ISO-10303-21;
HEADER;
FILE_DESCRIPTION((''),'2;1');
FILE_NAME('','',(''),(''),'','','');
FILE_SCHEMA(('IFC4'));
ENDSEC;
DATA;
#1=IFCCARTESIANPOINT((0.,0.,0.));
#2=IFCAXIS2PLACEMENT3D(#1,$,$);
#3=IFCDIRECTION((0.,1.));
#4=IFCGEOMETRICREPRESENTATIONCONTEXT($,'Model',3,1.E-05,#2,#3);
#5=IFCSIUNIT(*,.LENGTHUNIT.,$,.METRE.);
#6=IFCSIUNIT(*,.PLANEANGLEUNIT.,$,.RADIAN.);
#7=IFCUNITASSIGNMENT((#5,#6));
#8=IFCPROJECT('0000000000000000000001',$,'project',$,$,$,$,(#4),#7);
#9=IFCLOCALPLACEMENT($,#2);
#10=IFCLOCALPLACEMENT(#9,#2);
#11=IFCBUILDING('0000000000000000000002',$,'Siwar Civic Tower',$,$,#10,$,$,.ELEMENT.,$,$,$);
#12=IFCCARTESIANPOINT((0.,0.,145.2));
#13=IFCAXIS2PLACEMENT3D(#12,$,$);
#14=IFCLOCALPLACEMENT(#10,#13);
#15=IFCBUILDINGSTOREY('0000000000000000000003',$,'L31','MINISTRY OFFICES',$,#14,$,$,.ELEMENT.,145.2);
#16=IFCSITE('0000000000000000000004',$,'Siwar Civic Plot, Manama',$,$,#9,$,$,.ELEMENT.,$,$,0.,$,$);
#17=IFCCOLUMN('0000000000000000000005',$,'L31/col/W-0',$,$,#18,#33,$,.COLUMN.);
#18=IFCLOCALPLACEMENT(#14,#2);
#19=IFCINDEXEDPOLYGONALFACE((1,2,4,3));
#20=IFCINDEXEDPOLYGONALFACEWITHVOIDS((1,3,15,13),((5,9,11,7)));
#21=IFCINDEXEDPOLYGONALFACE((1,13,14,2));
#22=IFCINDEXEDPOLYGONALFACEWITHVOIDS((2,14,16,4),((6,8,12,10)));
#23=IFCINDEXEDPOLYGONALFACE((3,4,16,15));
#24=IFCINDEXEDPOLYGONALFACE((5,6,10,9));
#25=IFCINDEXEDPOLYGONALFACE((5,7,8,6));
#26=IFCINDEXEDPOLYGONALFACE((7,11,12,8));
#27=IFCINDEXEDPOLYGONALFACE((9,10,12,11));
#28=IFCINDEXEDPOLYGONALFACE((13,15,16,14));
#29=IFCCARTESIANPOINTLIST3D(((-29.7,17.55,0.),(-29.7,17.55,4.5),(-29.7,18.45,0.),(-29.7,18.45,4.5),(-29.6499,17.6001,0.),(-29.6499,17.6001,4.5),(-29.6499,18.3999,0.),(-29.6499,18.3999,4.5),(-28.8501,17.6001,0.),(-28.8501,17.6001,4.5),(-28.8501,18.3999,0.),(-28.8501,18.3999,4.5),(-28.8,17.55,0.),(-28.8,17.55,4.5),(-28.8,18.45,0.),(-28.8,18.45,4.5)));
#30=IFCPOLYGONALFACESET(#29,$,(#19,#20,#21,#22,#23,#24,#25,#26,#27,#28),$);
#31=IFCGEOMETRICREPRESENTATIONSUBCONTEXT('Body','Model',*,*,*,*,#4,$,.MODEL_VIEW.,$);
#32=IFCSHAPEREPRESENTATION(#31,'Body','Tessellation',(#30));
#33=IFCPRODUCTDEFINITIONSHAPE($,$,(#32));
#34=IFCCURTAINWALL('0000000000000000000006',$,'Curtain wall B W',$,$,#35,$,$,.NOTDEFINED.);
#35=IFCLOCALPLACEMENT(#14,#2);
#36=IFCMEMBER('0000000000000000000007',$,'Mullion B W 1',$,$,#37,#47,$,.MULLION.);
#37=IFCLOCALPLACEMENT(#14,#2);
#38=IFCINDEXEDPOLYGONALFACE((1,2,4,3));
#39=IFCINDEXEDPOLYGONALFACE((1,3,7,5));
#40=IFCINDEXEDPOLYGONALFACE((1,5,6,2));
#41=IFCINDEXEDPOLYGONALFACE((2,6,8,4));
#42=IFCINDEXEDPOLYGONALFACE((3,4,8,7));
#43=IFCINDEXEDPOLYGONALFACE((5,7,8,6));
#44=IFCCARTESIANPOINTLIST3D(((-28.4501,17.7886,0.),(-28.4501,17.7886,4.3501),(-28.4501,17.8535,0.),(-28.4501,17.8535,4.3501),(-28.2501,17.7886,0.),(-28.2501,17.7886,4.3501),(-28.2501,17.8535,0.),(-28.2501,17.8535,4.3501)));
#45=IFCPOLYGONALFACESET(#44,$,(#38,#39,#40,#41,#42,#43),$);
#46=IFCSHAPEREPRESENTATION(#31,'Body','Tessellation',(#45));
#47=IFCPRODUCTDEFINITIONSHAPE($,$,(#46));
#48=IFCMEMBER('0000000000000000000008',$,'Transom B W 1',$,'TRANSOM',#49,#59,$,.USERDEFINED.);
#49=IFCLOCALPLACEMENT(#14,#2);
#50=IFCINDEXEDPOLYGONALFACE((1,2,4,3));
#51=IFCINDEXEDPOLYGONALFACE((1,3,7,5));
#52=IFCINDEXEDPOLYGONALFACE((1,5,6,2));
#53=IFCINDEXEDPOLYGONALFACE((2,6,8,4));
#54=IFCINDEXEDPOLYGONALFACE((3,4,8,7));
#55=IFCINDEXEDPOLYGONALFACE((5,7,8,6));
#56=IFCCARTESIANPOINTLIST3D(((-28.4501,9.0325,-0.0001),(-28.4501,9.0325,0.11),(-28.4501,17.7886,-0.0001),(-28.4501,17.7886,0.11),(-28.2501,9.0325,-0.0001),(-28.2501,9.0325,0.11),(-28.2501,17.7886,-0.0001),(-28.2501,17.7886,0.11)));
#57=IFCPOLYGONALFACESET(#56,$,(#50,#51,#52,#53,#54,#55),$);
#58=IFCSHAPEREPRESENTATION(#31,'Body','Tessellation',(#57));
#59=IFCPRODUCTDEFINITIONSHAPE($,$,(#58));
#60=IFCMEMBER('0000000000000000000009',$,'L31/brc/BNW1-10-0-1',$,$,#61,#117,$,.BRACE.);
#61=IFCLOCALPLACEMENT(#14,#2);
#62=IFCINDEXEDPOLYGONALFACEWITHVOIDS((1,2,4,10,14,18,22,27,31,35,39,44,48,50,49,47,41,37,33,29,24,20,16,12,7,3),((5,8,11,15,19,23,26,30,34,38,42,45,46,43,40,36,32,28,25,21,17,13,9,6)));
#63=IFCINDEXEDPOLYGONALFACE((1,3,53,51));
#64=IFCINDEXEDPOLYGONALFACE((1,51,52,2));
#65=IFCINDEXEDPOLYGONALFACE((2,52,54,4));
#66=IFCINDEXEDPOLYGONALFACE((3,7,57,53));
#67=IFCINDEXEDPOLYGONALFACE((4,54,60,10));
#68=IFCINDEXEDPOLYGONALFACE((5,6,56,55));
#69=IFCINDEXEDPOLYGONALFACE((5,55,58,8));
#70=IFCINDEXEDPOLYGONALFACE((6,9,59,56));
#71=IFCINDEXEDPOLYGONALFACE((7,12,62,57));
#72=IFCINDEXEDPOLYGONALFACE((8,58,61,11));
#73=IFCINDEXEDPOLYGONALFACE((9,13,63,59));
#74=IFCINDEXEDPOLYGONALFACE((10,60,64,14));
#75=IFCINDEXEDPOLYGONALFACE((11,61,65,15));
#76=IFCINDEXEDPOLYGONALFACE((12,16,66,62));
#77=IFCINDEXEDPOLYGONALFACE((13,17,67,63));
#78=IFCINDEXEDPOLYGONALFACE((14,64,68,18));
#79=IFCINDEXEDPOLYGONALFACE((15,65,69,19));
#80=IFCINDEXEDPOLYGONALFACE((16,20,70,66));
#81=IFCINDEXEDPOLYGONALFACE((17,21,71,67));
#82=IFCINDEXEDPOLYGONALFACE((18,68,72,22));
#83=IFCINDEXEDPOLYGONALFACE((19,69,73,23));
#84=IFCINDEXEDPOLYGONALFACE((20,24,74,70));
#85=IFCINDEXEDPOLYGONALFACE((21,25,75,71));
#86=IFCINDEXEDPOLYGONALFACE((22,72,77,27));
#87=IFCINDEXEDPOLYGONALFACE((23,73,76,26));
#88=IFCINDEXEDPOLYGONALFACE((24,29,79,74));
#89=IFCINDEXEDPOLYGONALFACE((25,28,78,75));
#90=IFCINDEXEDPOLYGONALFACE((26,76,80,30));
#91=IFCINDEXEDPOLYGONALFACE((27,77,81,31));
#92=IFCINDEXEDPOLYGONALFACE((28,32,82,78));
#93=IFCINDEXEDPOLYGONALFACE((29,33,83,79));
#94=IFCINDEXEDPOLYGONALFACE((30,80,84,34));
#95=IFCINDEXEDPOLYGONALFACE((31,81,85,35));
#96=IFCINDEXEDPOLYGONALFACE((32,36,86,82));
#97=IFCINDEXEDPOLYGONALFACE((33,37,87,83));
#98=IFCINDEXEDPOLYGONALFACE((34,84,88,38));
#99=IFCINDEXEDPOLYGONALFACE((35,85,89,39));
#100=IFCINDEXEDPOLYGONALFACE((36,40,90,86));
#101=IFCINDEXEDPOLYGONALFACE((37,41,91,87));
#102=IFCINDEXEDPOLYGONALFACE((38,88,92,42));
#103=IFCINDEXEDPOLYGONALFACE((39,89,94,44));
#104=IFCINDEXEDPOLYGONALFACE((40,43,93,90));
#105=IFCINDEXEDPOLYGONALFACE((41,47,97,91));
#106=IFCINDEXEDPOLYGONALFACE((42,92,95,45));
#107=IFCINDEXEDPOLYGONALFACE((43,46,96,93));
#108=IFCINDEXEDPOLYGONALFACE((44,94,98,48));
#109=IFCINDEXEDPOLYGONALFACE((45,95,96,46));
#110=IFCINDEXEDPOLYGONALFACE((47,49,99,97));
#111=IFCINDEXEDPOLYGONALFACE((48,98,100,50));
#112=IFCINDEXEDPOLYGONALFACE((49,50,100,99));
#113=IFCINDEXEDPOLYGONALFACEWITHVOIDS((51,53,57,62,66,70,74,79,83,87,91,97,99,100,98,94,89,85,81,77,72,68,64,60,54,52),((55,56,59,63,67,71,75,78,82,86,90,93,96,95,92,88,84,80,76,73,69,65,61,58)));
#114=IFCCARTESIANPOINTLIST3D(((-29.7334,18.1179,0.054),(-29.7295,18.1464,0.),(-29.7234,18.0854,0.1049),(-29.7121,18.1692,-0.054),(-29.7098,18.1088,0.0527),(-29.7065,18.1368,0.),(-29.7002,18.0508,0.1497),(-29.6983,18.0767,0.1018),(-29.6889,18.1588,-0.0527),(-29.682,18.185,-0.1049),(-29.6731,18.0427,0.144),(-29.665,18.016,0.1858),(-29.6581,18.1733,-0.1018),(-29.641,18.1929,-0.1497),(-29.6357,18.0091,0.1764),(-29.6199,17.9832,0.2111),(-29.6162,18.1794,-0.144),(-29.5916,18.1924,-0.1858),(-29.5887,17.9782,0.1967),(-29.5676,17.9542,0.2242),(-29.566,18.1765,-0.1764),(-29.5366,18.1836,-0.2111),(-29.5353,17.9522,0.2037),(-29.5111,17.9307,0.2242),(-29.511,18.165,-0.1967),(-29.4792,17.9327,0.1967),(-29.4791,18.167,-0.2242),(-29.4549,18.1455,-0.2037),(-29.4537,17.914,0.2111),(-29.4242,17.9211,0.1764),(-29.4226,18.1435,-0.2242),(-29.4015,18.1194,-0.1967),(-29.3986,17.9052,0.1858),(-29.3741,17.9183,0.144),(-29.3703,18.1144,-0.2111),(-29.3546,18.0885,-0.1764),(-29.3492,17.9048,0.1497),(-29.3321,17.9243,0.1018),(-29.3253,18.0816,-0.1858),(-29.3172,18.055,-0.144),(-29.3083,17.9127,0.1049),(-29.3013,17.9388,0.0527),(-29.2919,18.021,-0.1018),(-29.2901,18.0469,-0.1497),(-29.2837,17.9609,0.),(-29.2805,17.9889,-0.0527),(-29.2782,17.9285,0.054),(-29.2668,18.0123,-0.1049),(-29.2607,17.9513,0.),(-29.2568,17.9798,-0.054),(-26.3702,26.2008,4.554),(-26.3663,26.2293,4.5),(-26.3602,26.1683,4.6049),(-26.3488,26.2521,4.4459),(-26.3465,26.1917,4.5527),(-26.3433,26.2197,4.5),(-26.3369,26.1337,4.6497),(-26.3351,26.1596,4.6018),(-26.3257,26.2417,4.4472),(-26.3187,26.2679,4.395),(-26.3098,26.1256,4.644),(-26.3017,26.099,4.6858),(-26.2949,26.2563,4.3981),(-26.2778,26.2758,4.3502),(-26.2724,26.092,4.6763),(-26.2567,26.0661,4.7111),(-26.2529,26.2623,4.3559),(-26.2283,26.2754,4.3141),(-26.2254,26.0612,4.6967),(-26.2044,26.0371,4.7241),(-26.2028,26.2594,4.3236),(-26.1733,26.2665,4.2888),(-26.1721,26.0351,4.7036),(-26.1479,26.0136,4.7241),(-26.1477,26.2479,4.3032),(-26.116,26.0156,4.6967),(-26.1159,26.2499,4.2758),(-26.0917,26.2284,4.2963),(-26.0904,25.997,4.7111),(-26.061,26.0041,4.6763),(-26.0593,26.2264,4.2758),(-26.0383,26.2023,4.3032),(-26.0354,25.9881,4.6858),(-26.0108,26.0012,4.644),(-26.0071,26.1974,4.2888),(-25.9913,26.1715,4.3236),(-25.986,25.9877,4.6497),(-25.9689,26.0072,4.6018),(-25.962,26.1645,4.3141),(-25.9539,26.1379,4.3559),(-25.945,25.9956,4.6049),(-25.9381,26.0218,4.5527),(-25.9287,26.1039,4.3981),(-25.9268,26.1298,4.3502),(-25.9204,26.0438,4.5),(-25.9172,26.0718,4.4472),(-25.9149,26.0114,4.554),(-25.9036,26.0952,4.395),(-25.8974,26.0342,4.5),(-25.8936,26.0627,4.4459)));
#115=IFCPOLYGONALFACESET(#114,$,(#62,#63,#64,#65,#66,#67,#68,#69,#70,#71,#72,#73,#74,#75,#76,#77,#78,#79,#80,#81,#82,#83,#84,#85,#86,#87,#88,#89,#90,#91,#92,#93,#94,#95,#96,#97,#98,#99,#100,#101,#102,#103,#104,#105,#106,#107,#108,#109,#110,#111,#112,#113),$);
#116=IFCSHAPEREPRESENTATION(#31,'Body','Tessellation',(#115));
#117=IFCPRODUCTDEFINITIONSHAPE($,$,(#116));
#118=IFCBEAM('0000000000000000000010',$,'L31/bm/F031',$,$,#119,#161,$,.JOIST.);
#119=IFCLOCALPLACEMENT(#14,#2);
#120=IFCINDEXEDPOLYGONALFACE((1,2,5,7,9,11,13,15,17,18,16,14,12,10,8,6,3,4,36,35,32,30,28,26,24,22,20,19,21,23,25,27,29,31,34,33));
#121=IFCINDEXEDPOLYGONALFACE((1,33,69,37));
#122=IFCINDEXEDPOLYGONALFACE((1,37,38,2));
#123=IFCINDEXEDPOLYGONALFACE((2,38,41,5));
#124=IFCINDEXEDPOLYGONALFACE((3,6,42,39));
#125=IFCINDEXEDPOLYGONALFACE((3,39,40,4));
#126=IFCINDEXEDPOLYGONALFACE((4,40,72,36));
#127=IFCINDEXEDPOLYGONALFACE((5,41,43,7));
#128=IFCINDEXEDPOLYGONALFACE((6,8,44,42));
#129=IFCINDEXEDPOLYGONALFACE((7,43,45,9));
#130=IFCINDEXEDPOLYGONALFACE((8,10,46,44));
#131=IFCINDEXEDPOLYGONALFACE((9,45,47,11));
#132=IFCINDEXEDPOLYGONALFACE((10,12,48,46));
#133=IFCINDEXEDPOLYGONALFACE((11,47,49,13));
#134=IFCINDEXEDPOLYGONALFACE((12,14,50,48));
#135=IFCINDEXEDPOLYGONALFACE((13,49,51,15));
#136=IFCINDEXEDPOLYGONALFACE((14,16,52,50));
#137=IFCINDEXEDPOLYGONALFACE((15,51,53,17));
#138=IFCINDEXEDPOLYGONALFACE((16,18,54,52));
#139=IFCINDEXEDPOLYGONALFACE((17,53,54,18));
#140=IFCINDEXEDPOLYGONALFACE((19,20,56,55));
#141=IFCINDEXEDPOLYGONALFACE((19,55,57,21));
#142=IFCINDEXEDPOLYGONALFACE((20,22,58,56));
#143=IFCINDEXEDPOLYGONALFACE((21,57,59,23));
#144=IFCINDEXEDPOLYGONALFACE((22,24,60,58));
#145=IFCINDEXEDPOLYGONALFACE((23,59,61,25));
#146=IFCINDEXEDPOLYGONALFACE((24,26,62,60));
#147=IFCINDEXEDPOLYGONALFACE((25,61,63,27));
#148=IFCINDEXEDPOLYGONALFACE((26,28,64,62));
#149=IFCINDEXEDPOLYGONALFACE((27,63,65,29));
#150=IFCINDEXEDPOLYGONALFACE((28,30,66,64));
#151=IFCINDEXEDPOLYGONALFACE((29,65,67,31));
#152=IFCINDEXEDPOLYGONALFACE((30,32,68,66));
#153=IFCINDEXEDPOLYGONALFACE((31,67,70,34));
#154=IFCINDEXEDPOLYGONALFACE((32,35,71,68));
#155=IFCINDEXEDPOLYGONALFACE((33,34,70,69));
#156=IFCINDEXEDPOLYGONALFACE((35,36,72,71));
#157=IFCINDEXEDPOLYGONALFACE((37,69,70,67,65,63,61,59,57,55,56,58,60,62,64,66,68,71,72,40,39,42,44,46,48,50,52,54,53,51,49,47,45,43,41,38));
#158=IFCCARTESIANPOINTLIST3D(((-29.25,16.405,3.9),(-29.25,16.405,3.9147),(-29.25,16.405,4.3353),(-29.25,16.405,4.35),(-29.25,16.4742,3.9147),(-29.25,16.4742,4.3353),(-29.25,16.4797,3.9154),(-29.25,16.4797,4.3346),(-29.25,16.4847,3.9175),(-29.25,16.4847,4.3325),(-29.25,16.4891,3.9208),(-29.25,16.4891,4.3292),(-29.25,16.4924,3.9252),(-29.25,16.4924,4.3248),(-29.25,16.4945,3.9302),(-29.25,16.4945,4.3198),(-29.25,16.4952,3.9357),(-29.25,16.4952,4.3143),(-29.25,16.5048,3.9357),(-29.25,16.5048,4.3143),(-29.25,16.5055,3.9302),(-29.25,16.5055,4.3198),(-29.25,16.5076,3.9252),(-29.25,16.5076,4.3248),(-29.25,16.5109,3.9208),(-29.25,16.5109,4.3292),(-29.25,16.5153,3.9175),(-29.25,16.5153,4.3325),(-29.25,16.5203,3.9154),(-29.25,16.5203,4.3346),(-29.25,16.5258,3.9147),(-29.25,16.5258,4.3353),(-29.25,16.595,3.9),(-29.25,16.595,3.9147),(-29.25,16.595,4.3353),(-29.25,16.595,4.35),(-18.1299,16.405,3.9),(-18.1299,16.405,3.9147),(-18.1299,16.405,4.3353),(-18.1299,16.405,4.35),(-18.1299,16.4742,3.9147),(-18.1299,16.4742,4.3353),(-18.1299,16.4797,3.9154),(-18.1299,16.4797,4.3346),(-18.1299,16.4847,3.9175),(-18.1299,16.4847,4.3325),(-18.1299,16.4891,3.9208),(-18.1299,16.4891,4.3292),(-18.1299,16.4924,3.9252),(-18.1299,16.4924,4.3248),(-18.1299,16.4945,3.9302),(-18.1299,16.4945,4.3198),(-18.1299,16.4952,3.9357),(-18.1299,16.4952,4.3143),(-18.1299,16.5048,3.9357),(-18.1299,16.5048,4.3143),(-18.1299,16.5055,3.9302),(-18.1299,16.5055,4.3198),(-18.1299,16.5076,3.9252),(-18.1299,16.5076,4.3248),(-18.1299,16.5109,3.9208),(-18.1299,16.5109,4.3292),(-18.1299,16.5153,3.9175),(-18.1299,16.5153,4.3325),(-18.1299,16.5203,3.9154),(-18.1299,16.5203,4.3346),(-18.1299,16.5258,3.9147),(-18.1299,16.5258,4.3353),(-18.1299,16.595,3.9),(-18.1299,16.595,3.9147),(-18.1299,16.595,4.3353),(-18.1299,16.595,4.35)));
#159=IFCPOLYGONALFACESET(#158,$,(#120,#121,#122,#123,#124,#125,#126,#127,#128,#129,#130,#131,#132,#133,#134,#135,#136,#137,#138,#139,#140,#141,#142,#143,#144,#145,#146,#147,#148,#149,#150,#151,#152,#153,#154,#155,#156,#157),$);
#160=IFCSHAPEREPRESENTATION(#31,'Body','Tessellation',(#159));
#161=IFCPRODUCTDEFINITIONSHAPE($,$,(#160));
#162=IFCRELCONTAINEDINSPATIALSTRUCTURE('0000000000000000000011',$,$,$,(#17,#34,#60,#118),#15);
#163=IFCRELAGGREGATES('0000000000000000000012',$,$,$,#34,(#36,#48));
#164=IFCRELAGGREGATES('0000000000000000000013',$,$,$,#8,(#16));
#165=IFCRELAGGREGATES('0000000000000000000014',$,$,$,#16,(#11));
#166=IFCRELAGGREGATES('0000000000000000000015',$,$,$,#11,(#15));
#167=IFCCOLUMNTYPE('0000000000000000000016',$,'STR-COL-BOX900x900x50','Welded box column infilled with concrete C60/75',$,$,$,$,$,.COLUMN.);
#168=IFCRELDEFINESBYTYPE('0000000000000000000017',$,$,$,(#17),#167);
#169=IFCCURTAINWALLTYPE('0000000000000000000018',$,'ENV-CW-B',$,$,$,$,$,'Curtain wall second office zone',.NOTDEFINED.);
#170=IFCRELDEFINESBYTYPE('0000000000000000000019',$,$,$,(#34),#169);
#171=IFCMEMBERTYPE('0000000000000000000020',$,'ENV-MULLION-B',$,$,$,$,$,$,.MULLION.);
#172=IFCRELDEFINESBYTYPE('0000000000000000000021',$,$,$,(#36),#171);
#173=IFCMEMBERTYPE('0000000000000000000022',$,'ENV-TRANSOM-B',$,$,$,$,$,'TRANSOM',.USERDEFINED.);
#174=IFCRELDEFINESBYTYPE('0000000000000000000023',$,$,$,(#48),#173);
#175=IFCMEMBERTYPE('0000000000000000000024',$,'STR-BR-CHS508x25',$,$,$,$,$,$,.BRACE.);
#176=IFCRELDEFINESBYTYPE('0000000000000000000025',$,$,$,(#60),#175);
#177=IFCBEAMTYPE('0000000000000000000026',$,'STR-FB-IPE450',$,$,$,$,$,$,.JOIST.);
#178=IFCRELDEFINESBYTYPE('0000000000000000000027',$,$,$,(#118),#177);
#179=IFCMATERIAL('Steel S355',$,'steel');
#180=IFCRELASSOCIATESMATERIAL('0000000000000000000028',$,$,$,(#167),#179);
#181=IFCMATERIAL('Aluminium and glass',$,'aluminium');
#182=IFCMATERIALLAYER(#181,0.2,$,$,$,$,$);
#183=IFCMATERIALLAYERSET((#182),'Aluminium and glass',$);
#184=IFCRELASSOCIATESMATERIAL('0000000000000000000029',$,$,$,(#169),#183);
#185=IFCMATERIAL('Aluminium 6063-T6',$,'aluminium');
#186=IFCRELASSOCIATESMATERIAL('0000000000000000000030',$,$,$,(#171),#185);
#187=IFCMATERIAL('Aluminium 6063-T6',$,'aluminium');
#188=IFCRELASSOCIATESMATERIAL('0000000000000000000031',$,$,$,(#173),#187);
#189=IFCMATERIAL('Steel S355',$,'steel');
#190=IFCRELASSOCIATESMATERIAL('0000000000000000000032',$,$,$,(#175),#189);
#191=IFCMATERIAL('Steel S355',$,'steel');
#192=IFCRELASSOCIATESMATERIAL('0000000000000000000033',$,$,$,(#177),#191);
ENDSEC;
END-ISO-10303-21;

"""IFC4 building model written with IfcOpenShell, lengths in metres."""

from ifc_helpers import new_model, si_unit, direction, frame, origin, origin_2d, place, context, subcontext, project, spatial, rectangle, hollow_rectangle, hollow_circle, i_section, extrude, material, layer, layer_set, material_profile, profile_set, type_object, element, aggregate, save


model = new_model("IFC4")

# Units and contexts
model_context = context("Model", 3, precision=1e-05, world=origin(), true_north=direction((0.0, 1.0)))
body_context = subcontext(model_context, "Body", "Model", "MODEL_VIEW")
ifc_project = project(units=[si_unit("LENGTHUNIT", "METRE"), si_unit("PLANEANGLEUNIT", "RADIAN")], contexts=[model_context])

# Site, building, storey
site_placement = place(None, origin())
site = spatial("IfcSite", under=ifc_project, at=site_placement, Name="Siwar Civic Plot, Manama", CompositionType="ELEMENT", RefElevation=0.0)
building_placement = place(site_placement, origin())
building = spatial("IfcBuilding", under=site, at=building_placement, Name="Siwar Civic Tower", CompositionType="ELEMENT")
storey_placement = place(building_placement, frame((0.0, 0.0, 145.2)))
storey = spatial("IfcBuildingStorey", under=building, at=storey_placement, Name="L31", Description="MINISTRY OFFICES", CompositionType="ELEMENT", Elevation=145.2)

# Column
ifc_material_1 = material(Name="Steel S355", Category="steel")
ifc_material_profile_1 = material_profile(ifc_material_1, hollow_rectangle(XDim=0.8999, YDim=0.8999, WallThickness=0.05, at=origin_2d()), Name="BOX900x900x50")
ifc_profile_set_1 = profile_set([ifc_material_profile_1], Name="Steel S355")
column_type = type_object("IfcColumnType", Name="STR-COL-BOX900x900x50", Description="Welded box column infilled with concrete C60/75", PredefinedType="COLUMN", material=ifc_profile_set_1)
column_placement = place(storey_placement, frame((-29.25, 18.0, 0.0), z_axis=(0.0, 0.0, 1.0), x_axis=(1.0, 0.0, 0.0)))
element("IfcColumn", 1, at=column_placement, inside=storey, type_object=column_type, Name="L31/col/W-0", PredefinedType="COLUMN", context=body_context, shape_type="SweptSolid", body=[
    extrude(hollow_rectangle(XDim=0.8999, YDim=0.8999, WallThickness=0.05, at=origin_2d()), origin(), (0.0, 0.0, 1.0), 4.5),
])

# Curtain wall, members
ifc_material_2 = material(Name="Aluminium and glass", Category="aluminium")
ifc_layer_1 = layer(ifc_material_2, 0.2)
ifc_layer_set_1 = layer_set([ifc_layer_1], Name="Aluminium and glass")
curtain_wall_type = type_object("IfcCurtainWallType", Name="ENV-CW-B", ElementType="Curtain wall second office zone", PredefinedType="NOTDEFINED", material=ifc_layer_set_1)
curtain_wall_placement = place(storey_placement, origin())
curtain_wall = element("IfcCurtainWall", 2, at=curtain_wall_placement, inside=storey, type_object=curtain_wall_type, Name="Curtain wall B W", PredefinedType="NOTDEFINED")
ifc_material_3 = material(Name="Aluminium 6063-T6", Category="aluminium")
ifc_material_profile_2 = material_profile(ifc_material_3, rectangle(XDim=0.2, YDim=0.0649, at=origin_2d()), Name="AL 200x65")
ifc_profile_set_2 = profile_set([ifc_material_profile_2], Name="Aluminium 6063-T6")
member_type_1 = type_object("IfcMemberType", Name="ENV-MULLION-B", PredefinedType="MULLION", material=ifc_profile_set_2)
member_1_placement = place(storey_placement, frame((-28.3501, 17.821, 0.0), z_axis=(0.0, 0.0, 1.0), x_axis=(1.0, 0.0, 0.0)))
member_1 = element("IfcMember", 3, at=member_1_placement, type_object=member_type_1, Name="Mullion B W 1", PredefinedType="MULLION", context=body_context, shape_type="SweptSolid", body=[
    extrude(rectangle(XDim=0.2, YDim=0.0649, at=origin_2d()), origin(), (0.0, 0.0, 1.0), 4.3501),
])
ifc_material_4 = material(Name="Aluminium 6063-T6", Category="aluminium")
ifc_material_profile_3 = material_profile(ifc_material_4, rectangle(XDim=0.2, YDim=0.1101, at=origin_2d()), Name="AL 200x110")
ifc_profile_set_3 = profile_set([ifc_material_profile_3], Name="Aluminium 6063-T6")
member_type_2 = type_object("IfcMemberType", Name="ENV-TRANSOM-B", ElementType="TRANSOM", PredefinedType="USERDEFINED", material=ifc_profile_set_3)
member_2_placement = place(storey_placement, frame((-28.3501, 17.7886, 0.0549), z_axis=(0.0, -1.0, 0.0), x_axis=(1.0, 0.0, 0.0)))
member_2 = element("IfcMember", 4, at=member_2_placement, type_object=member_type_2, Name="Transom B W 1", ObjectType="TRANSOM", PredefinedType="USERDEFINED", context=body_context, shape_type="SweptSolid", body=[
    extrude(rectangle(XDim=0.2, YDim=0.1101, at=origin_2d()), origin(), (0.0, 0.0, 1.0), 8.7561),
])
aggregate(curtain_wall, [member_1, member_2])

# Member
ifc_material_5 = material(Name="Steel S355", Category="steel")
ifc_material_profile_4 = material_profile(ifc_material_5, hollow_circle(Radius=0.2539, WallThickness=0.0249, at=origin_2d()), Name="CHS508x25")
ifc_profile_set_4 = profile_set([ifc_material_profile_4], Name="Steel S355")
member_type_3 = type_object("IfcMemberType", Name="STR-BR-CHS508x25", PredefinedType="BRACE", material=ifc_profile_set_4)
member_3_placement = place(storey_placement, frame((-29.4951, 18.0488, 0.0), z_axis=(0.341671, 0.821143, 0.457149), x_axis=(-0.923265, 0.384164, 0.0)))
element("IfcMember", 5, at=member_3_placement, inside=storey, type_object=member_type_3, Name="L31/brc/BNW1-10-0-1", PredefinedType="BRACE", context=body_context, shape_type="SweptSolid", body=[
    extrude(hollow_circle(Radius=0.2539, WallThickness=0.0249, at=origin_2d()), origin(), (0.0, 0.0, 1.0), 9.8435),
])

# Beam
ifc_material_6 = material(Name="Steel S355", Category="steel")
ifc_material_profile_5 = material_profile(ifc_material_6, i_section(OverallWidth=0.1899, OverallDepth=0.45, WebThickness=0.0095, FlangeThickness=0.0146, FilletRadius=0.021, at=origin_2d()), Name="IPE450")
ifc_profile_set_5 = profile_set([ifc_material_profile_5], Name="Steel S355")
beam_type_1 = type_object("IfcBeamType", Name="STR-FB-IPE450", PredefinedType="JOIST", material=ifc_profile_set_5)
beam_1_placement = place(storey_placement, frame((-29.25, 16.5, 4.125), z_axis=(1.0, 0.0, 0.0), x_axis=(0.0, 1.0, 0.0)))
element("IfcBeam", 6, at=beam_1_placement, inside=storey, type_object=beam_type_1, Name="L31/bm/F031", PredefinedType="JOIST", context=body_context, shape_type="SweptSolid", body=[
    extrude(i_section(OverallWidth=0.1899, OverallDepth=0.45, WebThickness=0.0095, FlangeThickness=0.0146, FilletRadius=0.021, at=origin_2d()), origin(), (0.0, 0.0, 1.0), 11.1201),
])

save(model, "model.ifc")
